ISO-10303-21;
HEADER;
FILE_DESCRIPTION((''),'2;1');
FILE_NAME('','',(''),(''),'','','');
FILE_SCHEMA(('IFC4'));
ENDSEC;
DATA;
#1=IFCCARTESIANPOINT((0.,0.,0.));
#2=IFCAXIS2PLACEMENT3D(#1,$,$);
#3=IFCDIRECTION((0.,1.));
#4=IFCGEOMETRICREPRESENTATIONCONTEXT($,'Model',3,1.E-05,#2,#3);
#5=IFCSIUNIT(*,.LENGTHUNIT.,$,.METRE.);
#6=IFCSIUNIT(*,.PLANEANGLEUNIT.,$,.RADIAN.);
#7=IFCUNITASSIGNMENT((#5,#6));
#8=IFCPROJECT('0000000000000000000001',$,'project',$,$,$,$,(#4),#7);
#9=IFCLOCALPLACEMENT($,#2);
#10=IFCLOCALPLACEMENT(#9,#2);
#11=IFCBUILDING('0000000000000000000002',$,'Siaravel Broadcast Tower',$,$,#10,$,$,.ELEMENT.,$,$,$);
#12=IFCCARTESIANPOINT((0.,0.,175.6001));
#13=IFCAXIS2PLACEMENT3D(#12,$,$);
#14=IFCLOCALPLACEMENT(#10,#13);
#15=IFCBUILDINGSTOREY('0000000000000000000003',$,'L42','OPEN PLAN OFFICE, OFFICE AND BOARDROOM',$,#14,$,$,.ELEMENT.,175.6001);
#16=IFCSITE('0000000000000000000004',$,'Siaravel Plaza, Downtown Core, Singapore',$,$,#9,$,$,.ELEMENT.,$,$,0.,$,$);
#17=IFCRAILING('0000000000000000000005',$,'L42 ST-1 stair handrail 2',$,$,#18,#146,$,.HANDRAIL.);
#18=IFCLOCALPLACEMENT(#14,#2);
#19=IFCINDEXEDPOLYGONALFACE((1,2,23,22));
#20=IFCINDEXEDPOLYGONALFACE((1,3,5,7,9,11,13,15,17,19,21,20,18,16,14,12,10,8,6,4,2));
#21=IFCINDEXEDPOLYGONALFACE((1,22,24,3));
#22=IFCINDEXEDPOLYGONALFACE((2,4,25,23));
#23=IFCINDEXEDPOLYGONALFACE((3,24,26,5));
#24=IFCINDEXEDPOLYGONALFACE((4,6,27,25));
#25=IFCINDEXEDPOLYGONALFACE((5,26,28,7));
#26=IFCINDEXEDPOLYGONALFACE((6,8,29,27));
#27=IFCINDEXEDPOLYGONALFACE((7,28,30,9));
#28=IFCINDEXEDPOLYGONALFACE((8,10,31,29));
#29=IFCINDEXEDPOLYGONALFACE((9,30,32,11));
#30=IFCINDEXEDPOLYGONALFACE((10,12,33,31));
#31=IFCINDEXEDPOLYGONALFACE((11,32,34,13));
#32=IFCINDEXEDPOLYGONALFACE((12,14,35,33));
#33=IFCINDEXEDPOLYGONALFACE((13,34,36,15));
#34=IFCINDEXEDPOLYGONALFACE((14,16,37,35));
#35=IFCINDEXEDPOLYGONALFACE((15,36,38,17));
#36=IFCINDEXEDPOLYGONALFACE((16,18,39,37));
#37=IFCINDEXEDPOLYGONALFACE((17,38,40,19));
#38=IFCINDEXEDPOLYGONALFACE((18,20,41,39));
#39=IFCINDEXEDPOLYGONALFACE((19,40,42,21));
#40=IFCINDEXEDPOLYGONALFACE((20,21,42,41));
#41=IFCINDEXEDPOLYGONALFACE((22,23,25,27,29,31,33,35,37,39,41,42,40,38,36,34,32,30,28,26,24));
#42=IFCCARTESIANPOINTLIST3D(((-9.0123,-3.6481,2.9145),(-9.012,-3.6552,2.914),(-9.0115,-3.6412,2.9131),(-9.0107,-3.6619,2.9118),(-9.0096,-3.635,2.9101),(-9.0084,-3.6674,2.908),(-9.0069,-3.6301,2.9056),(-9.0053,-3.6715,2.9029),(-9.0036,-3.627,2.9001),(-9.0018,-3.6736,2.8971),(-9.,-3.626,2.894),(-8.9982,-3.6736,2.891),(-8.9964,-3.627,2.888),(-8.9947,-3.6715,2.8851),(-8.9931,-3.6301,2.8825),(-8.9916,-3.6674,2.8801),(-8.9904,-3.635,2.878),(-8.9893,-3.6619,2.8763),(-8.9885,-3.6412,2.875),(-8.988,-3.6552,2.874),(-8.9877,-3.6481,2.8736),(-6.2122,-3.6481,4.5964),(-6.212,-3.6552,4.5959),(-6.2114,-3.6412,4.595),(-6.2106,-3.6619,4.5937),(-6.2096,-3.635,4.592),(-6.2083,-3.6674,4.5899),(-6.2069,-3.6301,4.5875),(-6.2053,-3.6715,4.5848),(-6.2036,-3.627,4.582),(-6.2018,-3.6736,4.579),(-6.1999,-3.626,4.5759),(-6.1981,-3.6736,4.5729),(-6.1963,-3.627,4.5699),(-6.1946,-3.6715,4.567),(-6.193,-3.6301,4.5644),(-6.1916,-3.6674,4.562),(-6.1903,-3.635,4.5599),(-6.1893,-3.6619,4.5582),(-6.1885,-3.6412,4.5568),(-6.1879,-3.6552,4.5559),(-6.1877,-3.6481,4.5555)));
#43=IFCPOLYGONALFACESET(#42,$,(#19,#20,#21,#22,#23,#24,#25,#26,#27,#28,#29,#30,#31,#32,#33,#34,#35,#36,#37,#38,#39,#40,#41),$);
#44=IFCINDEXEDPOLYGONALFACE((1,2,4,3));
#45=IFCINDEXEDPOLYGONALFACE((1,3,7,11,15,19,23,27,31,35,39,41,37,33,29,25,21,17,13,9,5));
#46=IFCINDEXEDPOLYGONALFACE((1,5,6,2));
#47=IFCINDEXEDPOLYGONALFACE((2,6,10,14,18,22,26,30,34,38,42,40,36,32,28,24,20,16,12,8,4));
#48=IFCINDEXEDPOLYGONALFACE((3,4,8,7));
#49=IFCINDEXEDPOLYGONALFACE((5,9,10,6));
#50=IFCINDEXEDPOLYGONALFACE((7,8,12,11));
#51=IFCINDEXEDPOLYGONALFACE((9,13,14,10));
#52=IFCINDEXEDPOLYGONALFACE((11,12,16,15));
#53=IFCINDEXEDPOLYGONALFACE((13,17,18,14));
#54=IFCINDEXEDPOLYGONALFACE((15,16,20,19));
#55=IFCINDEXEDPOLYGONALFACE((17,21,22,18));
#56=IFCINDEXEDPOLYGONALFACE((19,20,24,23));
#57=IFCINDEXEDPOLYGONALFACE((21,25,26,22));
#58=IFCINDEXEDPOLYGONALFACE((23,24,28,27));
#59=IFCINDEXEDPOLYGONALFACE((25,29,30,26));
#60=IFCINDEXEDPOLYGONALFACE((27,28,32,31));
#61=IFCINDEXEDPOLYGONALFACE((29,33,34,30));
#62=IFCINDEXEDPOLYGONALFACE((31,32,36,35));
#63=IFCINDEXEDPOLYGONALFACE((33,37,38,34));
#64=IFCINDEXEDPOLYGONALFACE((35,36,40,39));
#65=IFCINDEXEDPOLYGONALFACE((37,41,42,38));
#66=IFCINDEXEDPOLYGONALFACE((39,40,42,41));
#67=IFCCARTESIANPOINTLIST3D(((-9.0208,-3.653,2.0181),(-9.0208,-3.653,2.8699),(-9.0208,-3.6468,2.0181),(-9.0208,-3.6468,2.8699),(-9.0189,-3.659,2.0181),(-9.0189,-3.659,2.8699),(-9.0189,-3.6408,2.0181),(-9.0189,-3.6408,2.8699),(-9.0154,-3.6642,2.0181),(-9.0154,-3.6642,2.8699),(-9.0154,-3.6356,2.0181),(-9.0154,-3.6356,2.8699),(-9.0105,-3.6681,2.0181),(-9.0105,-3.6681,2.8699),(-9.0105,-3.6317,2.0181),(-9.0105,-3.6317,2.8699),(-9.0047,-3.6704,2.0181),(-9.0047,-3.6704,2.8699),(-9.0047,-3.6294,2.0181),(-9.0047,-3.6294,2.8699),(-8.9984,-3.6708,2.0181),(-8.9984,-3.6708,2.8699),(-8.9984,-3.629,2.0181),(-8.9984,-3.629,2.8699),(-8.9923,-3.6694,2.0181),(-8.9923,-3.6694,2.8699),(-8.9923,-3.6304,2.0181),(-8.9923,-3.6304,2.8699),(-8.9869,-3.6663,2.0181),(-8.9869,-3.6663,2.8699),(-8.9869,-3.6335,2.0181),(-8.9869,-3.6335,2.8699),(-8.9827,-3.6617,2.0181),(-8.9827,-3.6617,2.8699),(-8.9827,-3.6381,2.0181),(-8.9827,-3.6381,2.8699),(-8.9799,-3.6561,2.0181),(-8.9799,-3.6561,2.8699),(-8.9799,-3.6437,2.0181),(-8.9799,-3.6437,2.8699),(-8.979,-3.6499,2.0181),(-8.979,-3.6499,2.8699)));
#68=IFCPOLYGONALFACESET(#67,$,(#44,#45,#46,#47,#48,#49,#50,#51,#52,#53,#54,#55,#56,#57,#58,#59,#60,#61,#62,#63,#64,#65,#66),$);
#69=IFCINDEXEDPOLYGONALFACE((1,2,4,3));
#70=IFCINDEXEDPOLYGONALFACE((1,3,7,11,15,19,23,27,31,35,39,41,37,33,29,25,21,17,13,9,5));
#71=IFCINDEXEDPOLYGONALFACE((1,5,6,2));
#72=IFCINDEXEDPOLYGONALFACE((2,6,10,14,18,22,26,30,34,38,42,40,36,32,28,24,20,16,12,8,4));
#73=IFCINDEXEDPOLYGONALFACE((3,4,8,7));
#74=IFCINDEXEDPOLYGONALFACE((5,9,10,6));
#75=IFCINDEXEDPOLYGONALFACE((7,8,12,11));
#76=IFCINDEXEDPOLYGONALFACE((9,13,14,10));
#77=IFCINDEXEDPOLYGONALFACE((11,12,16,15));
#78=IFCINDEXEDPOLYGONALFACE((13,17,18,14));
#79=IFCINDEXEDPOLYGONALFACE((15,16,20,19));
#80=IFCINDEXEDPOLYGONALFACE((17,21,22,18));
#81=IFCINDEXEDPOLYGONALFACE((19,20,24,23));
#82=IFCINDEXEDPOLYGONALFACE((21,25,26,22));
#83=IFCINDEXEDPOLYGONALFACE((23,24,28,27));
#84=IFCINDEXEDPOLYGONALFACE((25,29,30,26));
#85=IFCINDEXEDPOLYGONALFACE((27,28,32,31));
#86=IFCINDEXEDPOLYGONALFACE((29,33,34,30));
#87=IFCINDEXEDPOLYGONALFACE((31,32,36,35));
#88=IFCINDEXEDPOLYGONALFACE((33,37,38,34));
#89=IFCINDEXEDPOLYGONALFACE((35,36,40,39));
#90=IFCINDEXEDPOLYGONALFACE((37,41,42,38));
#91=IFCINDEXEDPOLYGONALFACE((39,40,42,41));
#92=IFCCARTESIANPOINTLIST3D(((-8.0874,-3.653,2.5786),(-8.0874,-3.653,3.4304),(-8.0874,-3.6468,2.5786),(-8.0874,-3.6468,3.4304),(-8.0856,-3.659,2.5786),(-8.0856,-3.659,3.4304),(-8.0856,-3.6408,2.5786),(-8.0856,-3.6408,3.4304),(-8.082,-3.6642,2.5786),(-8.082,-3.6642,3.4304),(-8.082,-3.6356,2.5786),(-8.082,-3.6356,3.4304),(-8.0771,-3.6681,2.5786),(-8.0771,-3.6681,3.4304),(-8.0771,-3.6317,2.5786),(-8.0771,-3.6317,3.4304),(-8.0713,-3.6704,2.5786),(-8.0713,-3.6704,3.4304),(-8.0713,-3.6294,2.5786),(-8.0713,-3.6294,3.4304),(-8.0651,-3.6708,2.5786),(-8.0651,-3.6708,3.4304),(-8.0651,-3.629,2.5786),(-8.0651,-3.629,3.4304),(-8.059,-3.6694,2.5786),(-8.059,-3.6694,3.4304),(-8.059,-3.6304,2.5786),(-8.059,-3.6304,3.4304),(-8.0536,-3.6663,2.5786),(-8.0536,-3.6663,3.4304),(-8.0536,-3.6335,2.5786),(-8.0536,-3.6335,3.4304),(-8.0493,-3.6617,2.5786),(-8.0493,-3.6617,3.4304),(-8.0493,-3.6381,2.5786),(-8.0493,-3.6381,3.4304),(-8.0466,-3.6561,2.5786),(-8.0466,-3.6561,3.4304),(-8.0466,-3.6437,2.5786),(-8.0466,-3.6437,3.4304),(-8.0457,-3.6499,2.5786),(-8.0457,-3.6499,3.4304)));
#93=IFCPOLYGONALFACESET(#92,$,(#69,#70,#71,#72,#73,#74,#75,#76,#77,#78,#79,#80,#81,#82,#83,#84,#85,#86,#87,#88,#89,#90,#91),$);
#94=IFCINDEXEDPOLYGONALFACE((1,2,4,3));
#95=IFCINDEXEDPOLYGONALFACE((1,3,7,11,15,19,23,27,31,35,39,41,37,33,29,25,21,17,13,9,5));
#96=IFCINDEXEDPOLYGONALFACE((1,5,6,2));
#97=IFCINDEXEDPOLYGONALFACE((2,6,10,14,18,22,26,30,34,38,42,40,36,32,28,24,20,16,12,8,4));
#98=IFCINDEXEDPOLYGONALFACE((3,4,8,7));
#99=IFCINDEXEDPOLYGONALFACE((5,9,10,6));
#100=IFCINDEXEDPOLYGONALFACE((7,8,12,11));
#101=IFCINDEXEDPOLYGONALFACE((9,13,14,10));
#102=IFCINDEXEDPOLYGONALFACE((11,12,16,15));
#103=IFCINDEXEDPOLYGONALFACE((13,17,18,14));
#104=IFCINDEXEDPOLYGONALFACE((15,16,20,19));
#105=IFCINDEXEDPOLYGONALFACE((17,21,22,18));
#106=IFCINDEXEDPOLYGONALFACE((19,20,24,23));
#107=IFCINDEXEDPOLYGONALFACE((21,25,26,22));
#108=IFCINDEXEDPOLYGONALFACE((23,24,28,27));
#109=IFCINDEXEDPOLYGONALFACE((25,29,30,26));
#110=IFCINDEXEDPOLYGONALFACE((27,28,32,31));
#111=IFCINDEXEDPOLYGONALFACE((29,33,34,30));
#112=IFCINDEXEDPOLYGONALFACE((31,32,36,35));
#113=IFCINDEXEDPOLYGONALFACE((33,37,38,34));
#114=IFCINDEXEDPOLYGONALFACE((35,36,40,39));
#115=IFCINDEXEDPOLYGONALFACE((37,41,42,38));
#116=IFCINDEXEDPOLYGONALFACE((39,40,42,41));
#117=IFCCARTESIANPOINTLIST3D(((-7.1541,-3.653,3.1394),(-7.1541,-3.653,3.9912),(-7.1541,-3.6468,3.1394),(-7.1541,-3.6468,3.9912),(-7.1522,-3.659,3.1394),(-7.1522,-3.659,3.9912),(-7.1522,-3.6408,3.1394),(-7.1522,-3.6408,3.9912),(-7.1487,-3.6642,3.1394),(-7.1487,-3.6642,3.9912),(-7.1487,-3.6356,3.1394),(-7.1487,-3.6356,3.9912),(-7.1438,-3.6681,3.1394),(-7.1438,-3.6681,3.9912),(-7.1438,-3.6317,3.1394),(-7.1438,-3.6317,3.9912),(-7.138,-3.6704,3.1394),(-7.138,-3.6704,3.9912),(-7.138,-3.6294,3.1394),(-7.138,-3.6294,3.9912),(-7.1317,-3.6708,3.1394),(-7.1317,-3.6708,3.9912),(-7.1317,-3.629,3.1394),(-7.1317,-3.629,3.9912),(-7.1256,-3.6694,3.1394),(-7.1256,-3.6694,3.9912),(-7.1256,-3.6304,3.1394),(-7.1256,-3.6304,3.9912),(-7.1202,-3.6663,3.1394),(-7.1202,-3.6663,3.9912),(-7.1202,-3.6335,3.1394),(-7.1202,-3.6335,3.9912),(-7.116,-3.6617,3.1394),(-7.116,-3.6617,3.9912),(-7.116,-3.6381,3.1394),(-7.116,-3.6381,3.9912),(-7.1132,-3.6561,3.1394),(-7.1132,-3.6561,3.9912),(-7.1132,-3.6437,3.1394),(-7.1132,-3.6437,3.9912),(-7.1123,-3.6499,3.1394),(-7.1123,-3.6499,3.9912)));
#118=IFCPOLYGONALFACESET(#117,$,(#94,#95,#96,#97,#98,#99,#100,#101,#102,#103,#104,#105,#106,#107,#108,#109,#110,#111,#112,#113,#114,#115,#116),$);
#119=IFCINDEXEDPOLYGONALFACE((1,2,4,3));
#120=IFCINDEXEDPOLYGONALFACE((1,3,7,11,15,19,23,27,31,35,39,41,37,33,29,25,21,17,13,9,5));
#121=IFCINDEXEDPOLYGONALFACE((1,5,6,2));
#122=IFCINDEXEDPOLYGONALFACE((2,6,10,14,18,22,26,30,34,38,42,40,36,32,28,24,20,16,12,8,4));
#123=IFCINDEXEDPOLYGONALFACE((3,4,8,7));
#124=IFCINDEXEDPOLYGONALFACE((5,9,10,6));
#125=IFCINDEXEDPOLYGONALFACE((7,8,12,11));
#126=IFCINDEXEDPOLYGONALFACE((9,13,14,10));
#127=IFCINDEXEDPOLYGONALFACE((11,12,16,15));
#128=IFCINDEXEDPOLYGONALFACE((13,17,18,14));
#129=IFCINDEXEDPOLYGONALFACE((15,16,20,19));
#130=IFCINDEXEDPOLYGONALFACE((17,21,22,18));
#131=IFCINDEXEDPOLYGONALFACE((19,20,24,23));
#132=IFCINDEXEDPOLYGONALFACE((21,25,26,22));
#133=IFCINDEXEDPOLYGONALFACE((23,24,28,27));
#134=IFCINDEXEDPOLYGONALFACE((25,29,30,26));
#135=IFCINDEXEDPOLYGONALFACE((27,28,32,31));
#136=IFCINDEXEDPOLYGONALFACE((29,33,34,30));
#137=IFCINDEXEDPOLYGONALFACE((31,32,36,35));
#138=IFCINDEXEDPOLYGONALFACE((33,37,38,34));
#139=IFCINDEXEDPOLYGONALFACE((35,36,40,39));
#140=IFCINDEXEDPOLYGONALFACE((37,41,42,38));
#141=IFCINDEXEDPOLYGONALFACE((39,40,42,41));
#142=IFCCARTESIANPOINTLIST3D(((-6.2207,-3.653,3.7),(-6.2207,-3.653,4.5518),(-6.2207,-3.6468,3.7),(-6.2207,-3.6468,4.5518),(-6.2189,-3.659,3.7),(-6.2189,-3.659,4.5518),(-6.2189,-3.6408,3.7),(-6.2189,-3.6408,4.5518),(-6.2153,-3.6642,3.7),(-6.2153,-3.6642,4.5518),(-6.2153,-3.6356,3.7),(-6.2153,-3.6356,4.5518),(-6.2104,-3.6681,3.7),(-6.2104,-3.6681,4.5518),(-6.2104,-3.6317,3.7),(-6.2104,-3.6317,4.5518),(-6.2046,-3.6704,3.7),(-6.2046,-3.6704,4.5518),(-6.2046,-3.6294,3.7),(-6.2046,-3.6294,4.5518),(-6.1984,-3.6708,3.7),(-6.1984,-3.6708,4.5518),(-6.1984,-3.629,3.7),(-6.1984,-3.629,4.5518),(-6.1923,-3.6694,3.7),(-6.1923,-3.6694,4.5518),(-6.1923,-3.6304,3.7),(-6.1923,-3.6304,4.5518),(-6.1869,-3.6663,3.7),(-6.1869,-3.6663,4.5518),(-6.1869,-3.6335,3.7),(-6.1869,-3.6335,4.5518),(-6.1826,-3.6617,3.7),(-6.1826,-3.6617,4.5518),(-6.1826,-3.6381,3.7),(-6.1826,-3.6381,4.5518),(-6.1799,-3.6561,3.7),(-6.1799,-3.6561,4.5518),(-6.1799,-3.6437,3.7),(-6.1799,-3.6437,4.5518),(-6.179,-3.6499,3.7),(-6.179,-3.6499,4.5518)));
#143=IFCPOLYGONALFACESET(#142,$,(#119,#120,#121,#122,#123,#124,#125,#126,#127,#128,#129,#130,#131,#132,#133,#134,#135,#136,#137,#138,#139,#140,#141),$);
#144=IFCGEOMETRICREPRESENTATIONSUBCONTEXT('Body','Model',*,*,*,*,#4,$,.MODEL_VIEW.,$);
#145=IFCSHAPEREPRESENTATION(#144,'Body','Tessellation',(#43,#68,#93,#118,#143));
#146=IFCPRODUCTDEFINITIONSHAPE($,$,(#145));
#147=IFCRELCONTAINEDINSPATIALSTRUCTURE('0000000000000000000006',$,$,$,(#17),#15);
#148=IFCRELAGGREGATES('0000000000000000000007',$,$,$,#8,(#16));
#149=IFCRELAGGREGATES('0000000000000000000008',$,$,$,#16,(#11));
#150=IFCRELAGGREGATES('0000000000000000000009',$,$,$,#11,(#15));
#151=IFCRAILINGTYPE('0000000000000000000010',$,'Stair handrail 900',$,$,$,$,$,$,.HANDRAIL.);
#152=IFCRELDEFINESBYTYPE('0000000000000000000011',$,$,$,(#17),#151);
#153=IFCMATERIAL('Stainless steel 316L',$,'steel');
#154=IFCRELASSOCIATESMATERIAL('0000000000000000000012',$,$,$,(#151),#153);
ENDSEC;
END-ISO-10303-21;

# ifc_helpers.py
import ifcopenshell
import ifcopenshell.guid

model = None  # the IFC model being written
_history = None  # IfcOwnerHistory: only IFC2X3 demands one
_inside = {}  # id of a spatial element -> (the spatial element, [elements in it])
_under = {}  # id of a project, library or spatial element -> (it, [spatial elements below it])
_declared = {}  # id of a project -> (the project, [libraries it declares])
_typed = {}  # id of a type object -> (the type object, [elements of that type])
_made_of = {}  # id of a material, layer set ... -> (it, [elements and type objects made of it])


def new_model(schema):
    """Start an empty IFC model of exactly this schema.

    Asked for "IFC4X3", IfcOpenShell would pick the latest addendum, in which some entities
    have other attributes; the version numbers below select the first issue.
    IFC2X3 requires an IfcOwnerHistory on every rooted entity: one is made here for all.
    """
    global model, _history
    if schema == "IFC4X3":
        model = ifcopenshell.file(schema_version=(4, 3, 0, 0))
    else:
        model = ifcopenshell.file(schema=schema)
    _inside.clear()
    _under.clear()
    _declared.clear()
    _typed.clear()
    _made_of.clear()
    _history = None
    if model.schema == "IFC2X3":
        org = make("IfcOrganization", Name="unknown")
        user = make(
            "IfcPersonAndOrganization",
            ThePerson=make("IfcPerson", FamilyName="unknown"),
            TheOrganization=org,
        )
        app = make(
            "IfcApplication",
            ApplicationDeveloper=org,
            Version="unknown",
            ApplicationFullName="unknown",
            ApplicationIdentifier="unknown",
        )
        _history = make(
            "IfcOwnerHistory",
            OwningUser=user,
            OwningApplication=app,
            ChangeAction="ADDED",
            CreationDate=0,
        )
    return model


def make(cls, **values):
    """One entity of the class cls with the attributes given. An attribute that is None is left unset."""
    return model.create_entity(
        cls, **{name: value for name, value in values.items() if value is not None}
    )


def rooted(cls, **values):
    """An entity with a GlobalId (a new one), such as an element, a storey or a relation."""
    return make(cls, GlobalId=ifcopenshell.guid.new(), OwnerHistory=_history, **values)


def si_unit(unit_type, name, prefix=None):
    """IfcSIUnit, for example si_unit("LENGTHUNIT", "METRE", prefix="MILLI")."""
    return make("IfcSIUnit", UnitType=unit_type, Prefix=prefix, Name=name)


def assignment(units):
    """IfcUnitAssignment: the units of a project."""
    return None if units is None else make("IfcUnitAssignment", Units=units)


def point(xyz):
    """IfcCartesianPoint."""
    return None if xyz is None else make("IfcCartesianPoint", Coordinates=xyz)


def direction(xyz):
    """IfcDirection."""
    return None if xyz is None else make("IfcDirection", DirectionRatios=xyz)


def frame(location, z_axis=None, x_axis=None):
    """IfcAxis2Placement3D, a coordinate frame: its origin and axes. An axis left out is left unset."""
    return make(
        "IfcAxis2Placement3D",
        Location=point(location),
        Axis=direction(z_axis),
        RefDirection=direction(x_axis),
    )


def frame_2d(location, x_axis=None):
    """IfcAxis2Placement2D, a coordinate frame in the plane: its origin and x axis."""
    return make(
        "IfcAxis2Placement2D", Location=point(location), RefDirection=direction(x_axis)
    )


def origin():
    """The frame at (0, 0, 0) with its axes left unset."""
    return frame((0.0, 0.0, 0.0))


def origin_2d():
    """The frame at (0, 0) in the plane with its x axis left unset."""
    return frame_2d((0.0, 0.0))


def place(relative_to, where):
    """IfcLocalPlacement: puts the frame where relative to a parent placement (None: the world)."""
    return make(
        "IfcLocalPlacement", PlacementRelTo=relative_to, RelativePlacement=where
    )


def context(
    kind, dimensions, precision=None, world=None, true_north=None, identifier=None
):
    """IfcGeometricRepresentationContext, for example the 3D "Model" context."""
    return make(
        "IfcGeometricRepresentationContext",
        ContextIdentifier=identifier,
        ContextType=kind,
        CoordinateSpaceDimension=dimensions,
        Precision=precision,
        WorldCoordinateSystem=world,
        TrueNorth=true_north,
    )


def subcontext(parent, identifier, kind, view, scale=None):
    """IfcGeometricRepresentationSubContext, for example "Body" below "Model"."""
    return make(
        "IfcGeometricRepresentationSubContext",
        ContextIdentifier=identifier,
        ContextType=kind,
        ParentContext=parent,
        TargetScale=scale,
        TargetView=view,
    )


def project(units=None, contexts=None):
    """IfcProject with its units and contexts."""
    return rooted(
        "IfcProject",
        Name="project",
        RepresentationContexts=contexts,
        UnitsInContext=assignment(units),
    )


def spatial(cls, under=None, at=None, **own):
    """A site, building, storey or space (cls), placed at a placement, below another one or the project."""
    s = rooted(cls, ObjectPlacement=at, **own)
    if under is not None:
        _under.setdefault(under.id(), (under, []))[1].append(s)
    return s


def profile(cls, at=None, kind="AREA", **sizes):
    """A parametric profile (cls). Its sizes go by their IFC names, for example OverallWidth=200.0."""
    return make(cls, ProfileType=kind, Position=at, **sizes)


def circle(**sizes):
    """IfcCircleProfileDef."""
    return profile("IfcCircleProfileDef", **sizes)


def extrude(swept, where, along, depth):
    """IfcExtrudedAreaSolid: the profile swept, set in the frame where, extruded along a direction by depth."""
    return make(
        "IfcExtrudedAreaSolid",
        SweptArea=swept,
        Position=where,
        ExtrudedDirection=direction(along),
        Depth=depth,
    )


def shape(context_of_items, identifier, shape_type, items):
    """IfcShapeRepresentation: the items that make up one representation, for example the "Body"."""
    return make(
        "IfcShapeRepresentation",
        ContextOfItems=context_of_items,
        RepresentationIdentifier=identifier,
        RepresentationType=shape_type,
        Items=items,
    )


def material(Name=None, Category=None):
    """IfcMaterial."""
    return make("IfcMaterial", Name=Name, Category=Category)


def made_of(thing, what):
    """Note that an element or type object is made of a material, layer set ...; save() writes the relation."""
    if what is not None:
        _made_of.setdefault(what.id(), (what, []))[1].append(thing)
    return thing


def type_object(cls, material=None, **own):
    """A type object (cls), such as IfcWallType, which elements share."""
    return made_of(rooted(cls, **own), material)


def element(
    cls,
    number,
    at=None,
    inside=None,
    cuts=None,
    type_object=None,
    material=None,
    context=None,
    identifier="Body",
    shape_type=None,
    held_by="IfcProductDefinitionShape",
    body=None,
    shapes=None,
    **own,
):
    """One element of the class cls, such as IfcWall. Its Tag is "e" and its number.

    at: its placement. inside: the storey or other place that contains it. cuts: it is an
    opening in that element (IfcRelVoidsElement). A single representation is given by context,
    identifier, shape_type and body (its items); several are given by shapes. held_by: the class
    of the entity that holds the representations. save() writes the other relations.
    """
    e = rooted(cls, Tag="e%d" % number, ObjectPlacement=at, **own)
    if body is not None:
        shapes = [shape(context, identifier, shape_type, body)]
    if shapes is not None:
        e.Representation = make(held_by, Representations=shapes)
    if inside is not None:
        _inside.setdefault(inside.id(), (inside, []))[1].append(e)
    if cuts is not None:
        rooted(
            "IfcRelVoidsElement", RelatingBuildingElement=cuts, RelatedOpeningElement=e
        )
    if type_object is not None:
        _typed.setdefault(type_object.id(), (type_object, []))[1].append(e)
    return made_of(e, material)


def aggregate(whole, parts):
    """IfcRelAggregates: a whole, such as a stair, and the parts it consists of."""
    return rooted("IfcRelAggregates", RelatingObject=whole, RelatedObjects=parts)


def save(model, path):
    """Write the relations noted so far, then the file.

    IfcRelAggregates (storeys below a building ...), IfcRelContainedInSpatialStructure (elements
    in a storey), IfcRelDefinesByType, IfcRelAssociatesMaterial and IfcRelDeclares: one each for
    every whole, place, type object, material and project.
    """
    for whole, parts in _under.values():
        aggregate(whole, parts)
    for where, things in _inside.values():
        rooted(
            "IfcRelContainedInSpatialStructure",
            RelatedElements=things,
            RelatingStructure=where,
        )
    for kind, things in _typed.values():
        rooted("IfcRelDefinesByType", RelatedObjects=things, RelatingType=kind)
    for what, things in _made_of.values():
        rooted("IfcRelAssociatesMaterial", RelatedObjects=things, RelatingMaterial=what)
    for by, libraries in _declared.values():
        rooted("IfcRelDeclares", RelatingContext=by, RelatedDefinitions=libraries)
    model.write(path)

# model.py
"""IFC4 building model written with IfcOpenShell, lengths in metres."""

from ifc_helpers import new_model, si_unit, direction, frame, origin, origin_2d, place, context, subcontext, project, spatial, circle, extrude, material, type_object, element, save


model = new_model("IFC4")

# Units and contexts
model_context = context("Model", 3, precision=1e-05, world=origin(), true_north=direction((0.0, 1.0)))
body_context = subcontext(model_context, "Body", "Model", "MODEL_VIEW")
ifc_project = project(units=[si_unit("LENGTHUNIT", "METRE"), si_unit("PLANEANGLEUNIT", "RADIAN")], contexts=[model_context])

# Site, building, storey
site_placement = place(None, origin())
site = spatial("IfcSite", under=ifc_project, at=site_placement, Name="Siaravel Plaza, Downtown Core, Singapore", CompositionType="ELEMENT", RefElevation=0.0)
building_placement = place(site_placement, origin())
building = spatial("IfcBuilding", under=site, at=building_placement, Name="Siaravel Broadcast Tower", CompositionType="ELEMENT")
storey_placement = place(building_placement, frame((0.0, 0.0, 175.6001)))
storey = spatial("IfcBuildingStorey", under=building, at=storey_placement, Name="L42", Description="OPEN PLAN OFFICE, OFFICE AND BOARDROOM", CompositionType="ELEMENT", Elevation=175.6001)

# Shared definitions
ifc_material_1 = material(Name="Stainless steel 316L", Category="steel")

# Railing
railing_type_1 = type_object("IfcRailingType", Name="Stair handrail 900", PredefinedType="HANDRAIL", material=ifc_material_1)
railing_1_placement = place(storey_placement, frame((-9.0, -3.6499, 2.0181)))
element("IfcRailing", 1, at=railing_1_placement, inside=storey, type_object=railing_type_1, Name="L42 ST-1 stair handrail 2", PredefinedType="HANDRAIL", context=body_context, shape_type="SweptSolid", body=[
    extrude(circle(Radius=0.0239, at=origin_2d()), frame((0.0, 0.0, 0.876), z_axis=(0.857242, 0.0, 0.514913), x_axis=(0.0, 1.0, 0.0)), (0.0, 0.0, 1.0), 3.2664),
    extrude(circle(Radius=0.021, at=origin_2d()), origin(), (0.0, 0.0, 1.0), 0.8518),
    extrude(circle(Radius=0.021, at=origin_2d()), frame((0.9333, 0.0, 0.5605)), (0.0, 0.0, 1.0), 0.8518),
    extrude(circle(Radius=0.021, at=origin_2d()), frame((1.8667, 0.0, 1.1213)), (0.0, 0.0, 1.0), 0.8518),
    extrude(circle(Radius=0.021, at=origin_2d()), frame((2.8, 0.0, 1.6819)), (0.0, 0.0, 1.0), 0.8518),
])

save(model, "model.ifc")
